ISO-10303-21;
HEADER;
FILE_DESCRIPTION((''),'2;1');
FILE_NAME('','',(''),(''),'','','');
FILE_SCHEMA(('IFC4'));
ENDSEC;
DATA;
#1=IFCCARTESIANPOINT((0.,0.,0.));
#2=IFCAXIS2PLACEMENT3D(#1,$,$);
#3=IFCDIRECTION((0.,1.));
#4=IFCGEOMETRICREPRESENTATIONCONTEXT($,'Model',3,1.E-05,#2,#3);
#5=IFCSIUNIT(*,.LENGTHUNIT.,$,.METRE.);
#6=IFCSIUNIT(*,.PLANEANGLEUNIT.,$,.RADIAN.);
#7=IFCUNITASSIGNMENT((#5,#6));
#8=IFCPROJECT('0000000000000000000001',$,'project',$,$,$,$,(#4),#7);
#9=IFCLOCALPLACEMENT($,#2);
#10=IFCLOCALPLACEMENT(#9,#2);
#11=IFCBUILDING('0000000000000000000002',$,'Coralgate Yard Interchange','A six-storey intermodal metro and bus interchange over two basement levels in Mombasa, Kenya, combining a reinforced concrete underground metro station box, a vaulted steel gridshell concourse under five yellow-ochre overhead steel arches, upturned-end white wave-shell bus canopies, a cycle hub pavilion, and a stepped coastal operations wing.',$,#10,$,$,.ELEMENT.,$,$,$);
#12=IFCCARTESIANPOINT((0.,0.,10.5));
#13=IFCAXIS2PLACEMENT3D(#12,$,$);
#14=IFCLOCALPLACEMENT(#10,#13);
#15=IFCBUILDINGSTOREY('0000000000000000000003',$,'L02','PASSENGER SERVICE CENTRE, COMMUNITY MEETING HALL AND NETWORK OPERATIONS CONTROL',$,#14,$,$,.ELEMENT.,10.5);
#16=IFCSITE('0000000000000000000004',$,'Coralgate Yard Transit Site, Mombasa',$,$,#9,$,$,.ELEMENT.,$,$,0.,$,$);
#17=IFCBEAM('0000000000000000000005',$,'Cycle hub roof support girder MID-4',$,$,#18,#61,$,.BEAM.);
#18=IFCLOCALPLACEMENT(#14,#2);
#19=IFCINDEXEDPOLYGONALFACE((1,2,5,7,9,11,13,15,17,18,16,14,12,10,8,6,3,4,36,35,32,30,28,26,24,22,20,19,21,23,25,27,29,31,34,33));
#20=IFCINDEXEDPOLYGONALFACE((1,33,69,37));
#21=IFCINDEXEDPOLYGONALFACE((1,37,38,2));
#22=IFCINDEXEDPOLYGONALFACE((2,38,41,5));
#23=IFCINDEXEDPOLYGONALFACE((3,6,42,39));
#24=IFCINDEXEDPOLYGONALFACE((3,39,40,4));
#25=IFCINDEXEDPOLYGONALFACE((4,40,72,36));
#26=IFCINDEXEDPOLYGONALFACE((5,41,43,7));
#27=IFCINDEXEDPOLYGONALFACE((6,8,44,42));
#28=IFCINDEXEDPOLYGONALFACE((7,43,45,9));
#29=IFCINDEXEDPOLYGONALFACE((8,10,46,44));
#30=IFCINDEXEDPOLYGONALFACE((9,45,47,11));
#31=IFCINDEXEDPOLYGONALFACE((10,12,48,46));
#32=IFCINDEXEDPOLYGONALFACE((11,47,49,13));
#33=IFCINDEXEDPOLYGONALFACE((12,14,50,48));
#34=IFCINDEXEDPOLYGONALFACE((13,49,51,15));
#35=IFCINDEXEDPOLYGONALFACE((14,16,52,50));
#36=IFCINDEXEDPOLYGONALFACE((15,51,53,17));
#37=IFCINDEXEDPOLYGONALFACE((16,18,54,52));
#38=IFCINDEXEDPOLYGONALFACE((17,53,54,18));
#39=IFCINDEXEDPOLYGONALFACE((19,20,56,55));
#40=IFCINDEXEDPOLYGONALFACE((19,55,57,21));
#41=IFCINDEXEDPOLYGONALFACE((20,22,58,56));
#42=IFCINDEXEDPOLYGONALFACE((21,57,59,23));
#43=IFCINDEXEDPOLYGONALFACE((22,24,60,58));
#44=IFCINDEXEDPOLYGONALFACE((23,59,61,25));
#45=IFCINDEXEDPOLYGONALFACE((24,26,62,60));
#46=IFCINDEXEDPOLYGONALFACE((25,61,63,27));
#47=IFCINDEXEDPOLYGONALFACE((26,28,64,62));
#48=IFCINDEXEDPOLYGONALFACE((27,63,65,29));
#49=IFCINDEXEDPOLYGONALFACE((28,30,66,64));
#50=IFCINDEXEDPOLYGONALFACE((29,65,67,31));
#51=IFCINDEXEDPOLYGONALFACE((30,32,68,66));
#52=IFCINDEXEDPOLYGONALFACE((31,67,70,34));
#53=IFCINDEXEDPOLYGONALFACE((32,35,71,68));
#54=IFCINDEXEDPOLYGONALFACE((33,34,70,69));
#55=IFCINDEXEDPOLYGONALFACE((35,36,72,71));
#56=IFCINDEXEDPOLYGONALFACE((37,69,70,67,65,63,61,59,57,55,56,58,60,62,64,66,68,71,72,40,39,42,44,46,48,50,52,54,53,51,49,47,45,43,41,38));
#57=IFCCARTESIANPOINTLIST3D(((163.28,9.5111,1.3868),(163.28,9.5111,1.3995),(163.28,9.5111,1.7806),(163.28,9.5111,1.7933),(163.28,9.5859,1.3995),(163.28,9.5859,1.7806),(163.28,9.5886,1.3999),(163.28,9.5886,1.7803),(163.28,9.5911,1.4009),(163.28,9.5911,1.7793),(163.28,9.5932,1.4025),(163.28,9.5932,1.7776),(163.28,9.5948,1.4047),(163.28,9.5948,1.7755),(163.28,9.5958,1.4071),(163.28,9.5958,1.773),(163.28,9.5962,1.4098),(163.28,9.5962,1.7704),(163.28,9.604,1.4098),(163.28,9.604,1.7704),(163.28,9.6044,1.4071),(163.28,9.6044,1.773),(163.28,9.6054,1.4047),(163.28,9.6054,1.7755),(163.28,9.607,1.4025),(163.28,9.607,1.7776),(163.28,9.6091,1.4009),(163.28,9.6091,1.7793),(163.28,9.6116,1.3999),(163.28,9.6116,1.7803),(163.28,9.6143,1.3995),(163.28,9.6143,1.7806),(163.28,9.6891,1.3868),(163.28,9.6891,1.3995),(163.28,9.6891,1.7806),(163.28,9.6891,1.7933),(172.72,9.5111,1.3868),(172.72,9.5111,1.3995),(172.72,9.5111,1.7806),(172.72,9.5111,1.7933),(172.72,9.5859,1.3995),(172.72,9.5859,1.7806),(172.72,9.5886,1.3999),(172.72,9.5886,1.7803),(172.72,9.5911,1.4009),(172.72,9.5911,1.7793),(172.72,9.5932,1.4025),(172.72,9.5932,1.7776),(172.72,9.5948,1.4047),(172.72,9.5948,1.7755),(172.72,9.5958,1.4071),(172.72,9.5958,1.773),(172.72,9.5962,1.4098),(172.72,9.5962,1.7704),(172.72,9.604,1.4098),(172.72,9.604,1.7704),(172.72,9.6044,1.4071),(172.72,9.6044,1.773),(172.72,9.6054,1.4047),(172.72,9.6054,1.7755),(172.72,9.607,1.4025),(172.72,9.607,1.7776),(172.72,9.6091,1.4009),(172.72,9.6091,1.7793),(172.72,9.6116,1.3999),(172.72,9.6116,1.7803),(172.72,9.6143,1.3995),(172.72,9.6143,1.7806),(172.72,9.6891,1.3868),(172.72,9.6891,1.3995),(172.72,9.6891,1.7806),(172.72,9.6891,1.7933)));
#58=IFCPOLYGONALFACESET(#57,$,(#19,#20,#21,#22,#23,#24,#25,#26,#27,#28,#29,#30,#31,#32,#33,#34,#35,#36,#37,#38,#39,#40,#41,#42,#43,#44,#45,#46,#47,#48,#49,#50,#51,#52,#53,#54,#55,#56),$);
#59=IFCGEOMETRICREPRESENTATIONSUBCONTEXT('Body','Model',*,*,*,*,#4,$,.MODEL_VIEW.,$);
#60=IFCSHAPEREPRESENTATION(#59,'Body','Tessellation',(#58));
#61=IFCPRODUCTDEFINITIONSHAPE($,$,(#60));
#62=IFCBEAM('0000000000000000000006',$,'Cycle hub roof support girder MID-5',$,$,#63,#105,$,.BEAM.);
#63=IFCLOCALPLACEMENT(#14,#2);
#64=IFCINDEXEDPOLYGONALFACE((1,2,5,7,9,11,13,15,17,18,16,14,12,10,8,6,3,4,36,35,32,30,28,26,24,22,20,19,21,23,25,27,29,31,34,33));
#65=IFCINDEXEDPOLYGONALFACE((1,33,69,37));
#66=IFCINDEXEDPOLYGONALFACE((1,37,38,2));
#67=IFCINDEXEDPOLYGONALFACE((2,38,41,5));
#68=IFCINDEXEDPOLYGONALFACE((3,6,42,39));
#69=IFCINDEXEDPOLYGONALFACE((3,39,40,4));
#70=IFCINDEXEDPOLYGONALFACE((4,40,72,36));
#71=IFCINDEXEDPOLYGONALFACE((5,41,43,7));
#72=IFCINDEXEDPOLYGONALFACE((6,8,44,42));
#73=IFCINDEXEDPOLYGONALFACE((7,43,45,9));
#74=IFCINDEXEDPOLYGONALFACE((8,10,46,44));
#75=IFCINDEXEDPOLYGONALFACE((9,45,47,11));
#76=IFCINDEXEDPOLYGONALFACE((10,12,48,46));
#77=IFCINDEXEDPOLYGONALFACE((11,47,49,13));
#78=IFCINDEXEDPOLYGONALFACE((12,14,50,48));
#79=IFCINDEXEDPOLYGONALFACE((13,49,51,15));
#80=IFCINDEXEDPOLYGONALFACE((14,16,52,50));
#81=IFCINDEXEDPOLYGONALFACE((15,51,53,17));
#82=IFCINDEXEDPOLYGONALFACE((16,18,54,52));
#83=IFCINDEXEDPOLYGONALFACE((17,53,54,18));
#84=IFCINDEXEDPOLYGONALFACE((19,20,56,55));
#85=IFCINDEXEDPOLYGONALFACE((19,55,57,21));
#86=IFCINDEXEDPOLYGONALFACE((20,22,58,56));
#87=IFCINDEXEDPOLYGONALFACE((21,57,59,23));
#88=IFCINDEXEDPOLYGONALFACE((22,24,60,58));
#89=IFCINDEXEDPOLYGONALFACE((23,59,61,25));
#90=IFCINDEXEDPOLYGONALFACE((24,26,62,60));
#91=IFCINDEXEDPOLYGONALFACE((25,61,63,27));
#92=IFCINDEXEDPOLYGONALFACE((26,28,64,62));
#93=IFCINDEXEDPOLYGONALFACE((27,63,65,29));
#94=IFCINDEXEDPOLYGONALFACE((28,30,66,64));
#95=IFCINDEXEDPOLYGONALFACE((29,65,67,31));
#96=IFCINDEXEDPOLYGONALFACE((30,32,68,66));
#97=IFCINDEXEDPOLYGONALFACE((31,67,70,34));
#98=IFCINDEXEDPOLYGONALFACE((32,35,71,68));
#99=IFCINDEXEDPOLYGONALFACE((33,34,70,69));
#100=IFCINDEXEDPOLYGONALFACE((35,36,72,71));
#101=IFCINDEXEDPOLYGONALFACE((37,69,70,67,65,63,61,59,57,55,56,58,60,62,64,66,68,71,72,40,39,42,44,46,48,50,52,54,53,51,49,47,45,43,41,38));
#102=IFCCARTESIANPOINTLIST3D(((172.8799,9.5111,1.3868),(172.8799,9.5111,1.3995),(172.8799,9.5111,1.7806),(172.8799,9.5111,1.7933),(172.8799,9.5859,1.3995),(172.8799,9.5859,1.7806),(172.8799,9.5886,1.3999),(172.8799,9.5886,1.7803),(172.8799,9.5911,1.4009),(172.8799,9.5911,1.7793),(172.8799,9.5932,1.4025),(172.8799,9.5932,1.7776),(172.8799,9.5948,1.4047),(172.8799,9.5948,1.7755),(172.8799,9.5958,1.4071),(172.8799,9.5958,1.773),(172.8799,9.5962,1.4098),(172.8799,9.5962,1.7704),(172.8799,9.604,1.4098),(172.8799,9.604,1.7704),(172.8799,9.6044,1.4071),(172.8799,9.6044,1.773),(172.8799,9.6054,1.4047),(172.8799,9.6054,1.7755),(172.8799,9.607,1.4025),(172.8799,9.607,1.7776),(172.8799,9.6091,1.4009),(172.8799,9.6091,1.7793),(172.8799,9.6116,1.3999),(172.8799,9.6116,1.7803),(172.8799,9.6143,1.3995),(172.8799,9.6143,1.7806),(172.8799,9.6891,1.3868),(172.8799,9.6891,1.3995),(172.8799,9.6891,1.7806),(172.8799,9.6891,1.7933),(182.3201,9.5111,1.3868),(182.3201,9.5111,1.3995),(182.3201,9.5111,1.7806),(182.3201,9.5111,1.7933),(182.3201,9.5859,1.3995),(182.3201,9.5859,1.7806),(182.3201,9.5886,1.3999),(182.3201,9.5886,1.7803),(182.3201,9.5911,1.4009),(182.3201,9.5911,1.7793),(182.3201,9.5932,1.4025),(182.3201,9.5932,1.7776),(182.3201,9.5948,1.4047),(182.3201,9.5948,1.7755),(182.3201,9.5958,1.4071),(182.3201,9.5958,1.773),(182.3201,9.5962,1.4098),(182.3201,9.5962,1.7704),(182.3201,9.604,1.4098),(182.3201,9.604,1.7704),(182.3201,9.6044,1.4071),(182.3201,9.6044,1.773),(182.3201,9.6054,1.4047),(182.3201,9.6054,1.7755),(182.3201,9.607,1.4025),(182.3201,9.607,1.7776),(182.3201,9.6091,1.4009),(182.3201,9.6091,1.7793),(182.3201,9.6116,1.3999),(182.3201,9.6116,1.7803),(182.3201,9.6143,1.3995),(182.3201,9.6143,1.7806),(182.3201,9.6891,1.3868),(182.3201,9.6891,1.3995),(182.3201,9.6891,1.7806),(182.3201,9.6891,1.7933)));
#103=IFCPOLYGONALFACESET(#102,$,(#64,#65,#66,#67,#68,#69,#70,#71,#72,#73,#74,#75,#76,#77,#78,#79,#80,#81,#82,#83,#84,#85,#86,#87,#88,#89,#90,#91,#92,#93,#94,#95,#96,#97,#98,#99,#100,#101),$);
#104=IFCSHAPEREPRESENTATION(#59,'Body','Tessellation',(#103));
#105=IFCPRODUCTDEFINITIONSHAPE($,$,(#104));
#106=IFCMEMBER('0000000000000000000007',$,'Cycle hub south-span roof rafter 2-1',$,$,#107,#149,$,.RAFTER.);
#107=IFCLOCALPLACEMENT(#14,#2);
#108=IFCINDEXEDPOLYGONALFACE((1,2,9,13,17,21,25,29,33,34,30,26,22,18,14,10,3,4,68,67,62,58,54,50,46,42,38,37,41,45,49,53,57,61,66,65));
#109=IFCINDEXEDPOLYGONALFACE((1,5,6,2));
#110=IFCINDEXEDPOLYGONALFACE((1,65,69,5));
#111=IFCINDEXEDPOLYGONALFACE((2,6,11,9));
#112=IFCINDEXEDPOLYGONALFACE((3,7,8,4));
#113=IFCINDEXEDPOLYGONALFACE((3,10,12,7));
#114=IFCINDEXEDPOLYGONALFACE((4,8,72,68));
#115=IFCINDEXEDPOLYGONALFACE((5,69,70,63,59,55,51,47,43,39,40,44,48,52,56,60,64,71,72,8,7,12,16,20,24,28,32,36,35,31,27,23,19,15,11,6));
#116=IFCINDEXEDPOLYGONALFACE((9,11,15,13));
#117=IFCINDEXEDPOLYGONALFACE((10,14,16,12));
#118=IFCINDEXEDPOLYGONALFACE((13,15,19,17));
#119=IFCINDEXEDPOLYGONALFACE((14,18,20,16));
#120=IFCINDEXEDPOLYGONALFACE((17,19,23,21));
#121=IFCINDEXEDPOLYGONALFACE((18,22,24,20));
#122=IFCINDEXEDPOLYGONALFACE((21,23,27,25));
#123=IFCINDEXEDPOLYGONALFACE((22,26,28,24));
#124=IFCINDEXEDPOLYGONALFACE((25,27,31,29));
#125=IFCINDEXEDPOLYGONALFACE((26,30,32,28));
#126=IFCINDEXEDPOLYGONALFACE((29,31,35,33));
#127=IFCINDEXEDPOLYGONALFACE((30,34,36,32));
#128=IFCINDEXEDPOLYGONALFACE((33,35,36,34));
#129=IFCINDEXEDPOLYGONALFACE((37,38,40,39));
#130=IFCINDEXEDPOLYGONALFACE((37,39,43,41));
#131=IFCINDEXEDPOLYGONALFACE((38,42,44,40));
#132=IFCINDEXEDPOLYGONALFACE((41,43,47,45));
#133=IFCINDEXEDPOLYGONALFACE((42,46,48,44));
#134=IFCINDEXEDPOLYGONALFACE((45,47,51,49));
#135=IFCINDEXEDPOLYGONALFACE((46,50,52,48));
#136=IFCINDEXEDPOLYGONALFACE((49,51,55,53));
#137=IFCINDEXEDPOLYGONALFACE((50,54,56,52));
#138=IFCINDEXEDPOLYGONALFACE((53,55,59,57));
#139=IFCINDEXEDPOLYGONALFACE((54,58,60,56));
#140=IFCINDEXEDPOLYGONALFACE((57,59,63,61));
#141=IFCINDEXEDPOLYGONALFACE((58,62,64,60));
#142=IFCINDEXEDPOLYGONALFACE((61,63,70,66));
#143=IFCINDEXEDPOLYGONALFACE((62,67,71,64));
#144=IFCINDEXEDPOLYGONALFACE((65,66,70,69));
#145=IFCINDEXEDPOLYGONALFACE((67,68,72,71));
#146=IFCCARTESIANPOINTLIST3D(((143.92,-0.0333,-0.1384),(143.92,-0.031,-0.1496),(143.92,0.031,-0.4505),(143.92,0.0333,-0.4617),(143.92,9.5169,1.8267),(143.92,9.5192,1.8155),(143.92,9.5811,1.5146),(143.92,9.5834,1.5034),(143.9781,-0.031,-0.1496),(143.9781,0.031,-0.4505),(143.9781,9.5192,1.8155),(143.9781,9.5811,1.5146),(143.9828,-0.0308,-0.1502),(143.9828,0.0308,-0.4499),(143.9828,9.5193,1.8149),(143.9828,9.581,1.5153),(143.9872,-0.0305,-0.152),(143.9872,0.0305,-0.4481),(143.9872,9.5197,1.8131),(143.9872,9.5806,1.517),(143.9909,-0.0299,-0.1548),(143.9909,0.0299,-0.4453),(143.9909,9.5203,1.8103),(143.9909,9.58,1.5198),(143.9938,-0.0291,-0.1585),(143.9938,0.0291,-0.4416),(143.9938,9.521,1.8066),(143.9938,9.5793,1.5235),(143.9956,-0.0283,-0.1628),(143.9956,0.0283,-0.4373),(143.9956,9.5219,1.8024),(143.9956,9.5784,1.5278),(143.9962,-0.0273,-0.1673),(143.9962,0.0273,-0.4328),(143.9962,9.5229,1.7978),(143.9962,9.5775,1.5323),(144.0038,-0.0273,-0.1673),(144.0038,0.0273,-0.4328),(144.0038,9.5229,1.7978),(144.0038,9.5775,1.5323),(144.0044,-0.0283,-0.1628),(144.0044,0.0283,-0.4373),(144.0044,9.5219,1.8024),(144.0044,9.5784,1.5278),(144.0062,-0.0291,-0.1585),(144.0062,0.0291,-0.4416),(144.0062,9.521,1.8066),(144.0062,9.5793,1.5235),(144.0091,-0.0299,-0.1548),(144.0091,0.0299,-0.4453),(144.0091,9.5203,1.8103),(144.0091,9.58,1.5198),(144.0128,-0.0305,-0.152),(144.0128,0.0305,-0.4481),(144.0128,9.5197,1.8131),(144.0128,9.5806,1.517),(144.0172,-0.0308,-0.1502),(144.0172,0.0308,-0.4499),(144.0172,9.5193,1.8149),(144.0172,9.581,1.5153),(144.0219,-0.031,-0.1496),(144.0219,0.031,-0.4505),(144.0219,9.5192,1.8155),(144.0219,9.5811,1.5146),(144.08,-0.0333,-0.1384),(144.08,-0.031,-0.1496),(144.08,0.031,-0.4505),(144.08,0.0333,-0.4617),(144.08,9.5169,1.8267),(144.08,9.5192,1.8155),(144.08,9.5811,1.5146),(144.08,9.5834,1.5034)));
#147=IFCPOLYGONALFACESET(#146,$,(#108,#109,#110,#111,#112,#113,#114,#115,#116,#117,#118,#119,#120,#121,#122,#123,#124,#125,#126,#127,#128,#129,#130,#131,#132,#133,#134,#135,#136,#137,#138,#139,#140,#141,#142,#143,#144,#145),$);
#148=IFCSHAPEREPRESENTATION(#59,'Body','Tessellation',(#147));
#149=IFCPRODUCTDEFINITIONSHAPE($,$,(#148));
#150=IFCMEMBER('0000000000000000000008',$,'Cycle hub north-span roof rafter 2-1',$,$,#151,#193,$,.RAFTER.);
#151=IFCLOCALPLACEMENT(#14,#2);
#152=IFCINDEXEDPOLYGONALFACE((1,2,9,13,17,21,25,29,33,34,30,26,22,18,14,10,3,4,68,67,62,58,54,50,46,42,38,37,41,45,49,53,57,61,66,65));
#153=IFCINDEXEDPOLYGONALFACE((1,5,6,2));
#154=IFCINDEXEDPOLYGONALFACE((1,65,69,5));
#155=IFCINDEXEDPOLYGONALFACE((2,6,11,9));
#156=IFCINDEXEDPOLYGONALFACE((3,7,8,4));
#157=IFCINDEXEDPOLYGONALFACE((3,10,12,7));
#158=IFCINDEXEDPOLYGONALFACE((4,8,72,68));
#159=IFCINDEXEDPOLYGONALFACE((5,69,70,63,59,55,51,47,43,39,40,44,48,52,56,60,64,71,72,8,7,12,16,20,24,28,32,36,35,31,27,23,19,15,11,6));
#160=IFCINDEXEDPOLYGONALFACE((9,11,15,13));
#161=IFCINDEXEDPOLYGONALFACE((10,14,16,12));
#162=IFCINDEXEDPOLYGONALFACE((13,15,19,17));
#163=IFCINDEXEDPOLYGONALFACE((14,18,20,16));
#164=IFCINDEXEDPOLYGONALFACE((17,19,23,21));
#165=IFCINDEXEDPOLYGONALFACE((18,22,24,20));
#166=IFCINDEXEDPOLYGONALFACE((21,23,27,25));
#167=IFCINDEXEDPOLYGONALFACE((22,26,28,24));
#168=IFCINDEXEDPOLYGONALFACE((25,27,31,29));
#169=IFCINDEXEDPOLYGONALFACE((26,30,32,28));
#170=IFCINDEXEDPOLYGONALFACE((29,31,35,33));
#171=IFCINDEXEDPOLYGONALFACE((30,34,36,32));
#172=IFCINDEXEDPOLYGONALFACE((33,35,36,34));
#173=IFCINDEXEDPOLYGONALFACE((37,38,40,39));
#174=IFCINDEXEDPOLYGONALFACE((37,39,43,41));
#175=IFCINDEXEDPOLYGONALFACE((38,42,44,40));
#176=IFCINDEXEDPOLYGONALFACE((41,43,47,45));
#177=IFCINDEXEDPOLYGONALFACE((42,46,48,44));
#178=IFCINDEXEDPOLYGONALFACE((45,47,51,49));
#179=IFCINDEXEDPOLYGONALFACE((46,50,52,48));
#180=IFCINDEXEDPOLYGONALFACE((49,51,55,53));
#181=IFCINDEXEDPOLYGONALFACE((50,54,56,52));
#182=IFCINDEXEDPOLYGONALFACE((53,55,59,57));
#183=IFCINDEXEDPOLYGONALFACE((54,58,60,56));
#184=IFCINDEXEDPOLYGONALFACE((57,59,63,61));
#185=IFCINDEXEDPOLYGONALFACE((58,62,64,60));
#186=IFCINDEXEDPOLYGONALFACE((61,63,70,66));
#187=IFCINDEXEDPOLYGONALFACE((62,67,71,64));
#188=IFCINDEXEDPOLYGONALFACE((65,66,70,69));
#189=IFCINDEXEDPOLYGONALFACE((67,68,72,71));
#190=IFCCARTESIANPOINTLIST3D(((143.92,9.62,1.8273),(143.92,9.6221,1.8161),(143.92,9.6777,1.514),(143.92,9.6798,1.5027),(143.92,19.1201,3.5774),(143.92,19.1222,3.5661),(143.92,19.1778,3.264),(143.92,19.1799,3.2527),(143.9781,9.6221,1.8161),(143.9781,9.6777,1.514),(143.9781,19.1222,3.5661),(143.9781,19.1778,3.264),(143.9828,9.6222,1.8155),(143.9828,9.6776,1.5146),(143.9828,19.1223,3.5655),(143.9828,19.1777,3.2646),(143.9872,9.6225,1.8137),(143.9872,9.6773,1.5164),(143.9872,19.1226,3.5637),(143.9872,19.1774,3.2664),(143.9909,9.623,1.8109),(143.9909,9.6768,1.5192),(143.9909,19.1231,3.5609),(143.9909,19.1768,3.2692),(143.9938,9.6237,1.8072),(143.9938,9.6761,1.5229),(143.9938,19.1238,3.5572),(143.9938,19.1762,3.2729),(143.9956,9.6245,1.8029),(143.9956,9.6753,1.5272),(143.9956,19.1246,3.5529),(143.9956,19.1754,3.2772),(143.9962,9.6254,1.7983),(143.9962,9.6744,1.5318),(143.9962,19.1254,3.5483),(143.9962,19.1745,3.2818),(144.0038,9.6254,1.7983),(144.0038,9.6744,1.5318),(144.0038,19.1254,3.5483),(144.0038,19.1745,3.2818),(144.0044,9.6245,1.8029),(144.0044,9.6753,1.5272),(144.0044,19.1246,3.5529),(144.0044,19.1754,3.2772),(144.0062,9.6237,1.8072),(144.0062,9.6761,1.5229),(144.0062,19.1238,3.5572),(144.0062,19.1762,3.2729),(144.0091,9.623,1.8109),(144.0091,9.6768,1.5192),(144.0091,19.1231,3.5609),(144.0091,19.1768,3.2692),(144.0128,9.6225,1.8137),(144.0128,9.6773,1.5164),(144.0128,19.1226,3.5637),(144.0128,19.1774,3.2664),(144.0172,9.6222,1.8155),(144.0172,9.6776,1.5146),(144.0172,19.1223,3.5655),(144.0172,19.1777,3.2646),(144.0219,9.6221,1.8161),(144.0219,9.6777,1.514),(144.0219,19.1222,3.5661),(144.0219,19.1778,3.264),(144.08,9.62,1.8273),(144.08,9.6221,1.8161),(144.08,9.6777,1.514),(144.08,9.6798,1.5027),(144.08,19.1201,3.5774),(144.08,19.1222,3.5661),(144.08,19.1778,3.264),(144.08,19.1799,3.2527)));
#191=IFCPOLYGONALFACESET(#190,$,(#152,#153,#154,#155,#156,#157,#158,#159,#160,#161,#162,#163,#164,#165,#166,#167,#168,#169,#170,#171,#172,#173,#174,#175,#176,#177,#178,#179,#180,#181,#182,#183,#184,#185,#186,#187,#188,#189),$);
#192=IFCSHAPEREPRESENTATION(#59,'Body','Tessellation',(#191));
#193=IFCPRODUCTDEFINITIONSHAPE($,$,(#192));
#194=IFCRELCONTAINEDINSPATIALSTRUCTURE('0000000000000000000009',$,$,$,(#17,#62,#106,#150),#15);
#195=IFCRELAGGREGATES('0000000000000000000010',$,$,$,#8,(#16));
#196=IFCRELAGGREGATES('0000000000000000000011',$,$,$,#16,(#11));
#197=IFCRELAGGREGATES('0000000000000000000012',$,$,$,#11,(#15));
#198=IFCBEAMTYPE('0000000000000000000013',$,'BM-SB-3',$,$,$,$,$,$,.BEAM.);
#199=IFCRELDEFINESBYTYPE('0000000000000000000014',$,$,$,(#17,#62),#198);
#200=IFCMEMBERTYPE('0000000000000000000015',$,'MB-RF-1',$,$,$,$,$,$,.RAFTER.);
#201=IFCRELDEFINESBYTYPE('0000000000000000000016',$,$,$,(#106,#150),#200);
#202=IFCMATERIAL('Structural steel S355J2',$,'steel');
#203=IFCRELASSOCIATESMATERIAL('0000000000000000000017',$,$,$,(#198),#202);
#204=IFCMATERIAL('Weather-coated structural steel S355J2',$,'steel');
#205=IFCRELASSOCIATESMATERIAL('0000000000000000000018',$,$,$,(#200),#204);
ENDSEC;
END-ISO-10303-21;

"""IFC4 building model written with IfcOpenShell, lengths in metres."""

from ifc_helpers import new_model, si_unit, direction, frame, origin, origin_2d, place, context, subcontext, project, spatial, i_section, extrude, material, material_profile, profile_set, type_object, element, save


model = new_model("IFC4")

# Units and contexts
model_context = context("Model", 3, precision=1e-05, world=origin(), true_north=direction((0.0, 1.0)))
body_context = subcontext(model_context, "Body", "Model", "MODEL_VIEW")
ifc_project = project(units=[si_unit("LENGTHUNIT", "METRE"), si_unit("PLANEANGLEUNIT", "RADIAN")], contexts=[model_context])

# Site, building, storey
site_placement = place(None, origin())
site = spatial("IfcSite", under=ifc_project, at=site_placement, Name="Coralgate Yard Transit Site, Mombasa", CompositionType="ELEMENT", RefElevation=0.0)
building_placement = place(site_placement, origin())
building = spatial("IfcBuilding", under=site, at=building_placement, Name="Coralgate Yard Interchange", Description="A six-storey intermodal metro and bus interchange over two basement levels in Mombasa, Kenya, combining a reinforced concrete underground metro station box, a vaulted steel gridshell concourse under five yellow-ochre overhead steel arches, upturned-end white wave-shell bus canopies, a cycle hub pavilion, and a stepped coastal operations wing.", CompositionType="ELEMENT")
storey_placement = place(building_placement, frame((0.0, 0.0, 10.5)))
storey = spatial("IfcBuildingStorey", under=building, at=storey_placement, Name="L02", Description="PASSENGER SERVICE CENTRE, COMMUNITY MEETING HALL AND NETWORK OPERATIONS CONTROL", CompositionType="ELEMENT", Elevation=10.5)

# Shared definitions
ifc_material_1 = material(Name="Structural steel S355J2", Category="steel")

# Beams
ifc_material_profile_1 = material_profile(ifc_material_1, i_section(OverallWidth=0.178, OverallDepth=0.4065, WebThickness=0.0078, FlangeThickness=0.0127, FilletRadius=0.0103, at=origin_2d()), Name="UB 406x178x60")
ifc_profile_set_1 = profile_set([ifc_material_profile_1], Name="Structural steel S355J2")
beam_type = type_object("IfcBeamType", Name="BM-SB-3", PredefinedType="BEAM", material=ifc_profile_set_1)
beam_1_placement = place(storey_placement, frame((163.28, 9.6001, 1.5901), z_axis=(1.0, 0.0, 0.0), x_axis=(0.0, 1.0, 0.0)))
element("IfcBeam", 1, at=beam_1_placement, inside=storey, type_object=beam_type, Name="Cycle hub roof support girder MID-4", PredefinedType="BEAM", context=body_context, shape_type="SweptSolid", body=[
    extrude(i_section(OverallWidth=0.178, OverallDepth=0.4065, WebThickness=0.0078, FlangeThickness=0.0127, FilletRadius=0.0103, at=origin_2d()), origin(), (0.0, 0.0, 1.0), 9.4399),
])
beam_2_placement = place(storey_placement, frame((172.8799, 9.6001, 1.5901), z_axis=(1.0, 0.0, 0.0), x_axis=(0.0, 1.0, 0.0)))
element("IfcBeam", 2, at=beam_2_placement, inside=storey, type_object=beam_type, Name="Cycle hub roof support girder MID-5", PredefinedType="BEAM", context=body_context, shape_type="SweptSolid", body=[
    extrude(i_section(OverallWidth=0.178, OverallDepth=0.4065, WebThickness=0.0078, FlangeThickness=0.0127, FilletRadius=0.0103, at=origin_2d()), origin(), (0.0, 0.0, 1.0), 9.4402),
])

# Members
ifc_material_2 = material(Name="Weather-coated structural steel S355J2", Category="steel")
ifc_material_profile_2 = material_profile(ifc_material_2, i_section(OverallWidth=0.1599, OverallDepth=0.3301, WebThickness=0.0076, FlangeThickness=0.0115, FilletRadius=0.0181, at=origin_2d()), Name="IPE 330")
ifc_profile_set_2 = profile_set([ifc_material_profile_2], Name="Weather-coated structural steel S355J2")
member_type_1 = type_object("IfcMemberType", Name="MB-RF-1", PredefinedType="RAFTER", material=ifc_profile_set_2)
member_1_placement = place(storey_placement, frame((144.0, 0.0, -0.3), z_axis=(0.0, 0.979479, 0.201545), x_axis=(-1.0, 0.0, 0.0)))
element("IfcMember", 3, at=member_1_placement, inside=storey, type_object=member_type_1, Name="Cycle hub south-span roof rafter 2-1", PredefinedType="RAFTER", context=body_context, shape_type="SweptSolid", body=[
    extrude(i_section(OverallWidth=0.1599, OverallDepth=0.3301, WebThickness=0.0076, FlangeThickness=0.0115, FilletRadius=0.0181, at=origin_2d()), origin(), (0.0, 0.0, 1.0), 9.7502),
])
member_2_placement = place(storey_placement, frame((144.0, 9.6499, 1.665), z_axis=(0.0, 0.983453, 0.181162), x_axis=(-1.0, 0.0, 0.0)))
element("IfcMember", 4, at=member_2_placement, inside=storey, type_object=member_type_1, Name="Cycle hub north-span roof rafter 2-1", PredefinedType="RAFTER", context=body_context, shape_type="SweptSolid", body=[
    extrude(i_section(OverallWidth=0.1599, OverallDepth=0.3301, WebThickness=0.0076, FlangeThickness=0.0115, FilletRadius=0.0181, at=origin_2d()), origin(), (0.0, 0.0, 1.0), 9.6599),
])

save(model, "model.ifc")
